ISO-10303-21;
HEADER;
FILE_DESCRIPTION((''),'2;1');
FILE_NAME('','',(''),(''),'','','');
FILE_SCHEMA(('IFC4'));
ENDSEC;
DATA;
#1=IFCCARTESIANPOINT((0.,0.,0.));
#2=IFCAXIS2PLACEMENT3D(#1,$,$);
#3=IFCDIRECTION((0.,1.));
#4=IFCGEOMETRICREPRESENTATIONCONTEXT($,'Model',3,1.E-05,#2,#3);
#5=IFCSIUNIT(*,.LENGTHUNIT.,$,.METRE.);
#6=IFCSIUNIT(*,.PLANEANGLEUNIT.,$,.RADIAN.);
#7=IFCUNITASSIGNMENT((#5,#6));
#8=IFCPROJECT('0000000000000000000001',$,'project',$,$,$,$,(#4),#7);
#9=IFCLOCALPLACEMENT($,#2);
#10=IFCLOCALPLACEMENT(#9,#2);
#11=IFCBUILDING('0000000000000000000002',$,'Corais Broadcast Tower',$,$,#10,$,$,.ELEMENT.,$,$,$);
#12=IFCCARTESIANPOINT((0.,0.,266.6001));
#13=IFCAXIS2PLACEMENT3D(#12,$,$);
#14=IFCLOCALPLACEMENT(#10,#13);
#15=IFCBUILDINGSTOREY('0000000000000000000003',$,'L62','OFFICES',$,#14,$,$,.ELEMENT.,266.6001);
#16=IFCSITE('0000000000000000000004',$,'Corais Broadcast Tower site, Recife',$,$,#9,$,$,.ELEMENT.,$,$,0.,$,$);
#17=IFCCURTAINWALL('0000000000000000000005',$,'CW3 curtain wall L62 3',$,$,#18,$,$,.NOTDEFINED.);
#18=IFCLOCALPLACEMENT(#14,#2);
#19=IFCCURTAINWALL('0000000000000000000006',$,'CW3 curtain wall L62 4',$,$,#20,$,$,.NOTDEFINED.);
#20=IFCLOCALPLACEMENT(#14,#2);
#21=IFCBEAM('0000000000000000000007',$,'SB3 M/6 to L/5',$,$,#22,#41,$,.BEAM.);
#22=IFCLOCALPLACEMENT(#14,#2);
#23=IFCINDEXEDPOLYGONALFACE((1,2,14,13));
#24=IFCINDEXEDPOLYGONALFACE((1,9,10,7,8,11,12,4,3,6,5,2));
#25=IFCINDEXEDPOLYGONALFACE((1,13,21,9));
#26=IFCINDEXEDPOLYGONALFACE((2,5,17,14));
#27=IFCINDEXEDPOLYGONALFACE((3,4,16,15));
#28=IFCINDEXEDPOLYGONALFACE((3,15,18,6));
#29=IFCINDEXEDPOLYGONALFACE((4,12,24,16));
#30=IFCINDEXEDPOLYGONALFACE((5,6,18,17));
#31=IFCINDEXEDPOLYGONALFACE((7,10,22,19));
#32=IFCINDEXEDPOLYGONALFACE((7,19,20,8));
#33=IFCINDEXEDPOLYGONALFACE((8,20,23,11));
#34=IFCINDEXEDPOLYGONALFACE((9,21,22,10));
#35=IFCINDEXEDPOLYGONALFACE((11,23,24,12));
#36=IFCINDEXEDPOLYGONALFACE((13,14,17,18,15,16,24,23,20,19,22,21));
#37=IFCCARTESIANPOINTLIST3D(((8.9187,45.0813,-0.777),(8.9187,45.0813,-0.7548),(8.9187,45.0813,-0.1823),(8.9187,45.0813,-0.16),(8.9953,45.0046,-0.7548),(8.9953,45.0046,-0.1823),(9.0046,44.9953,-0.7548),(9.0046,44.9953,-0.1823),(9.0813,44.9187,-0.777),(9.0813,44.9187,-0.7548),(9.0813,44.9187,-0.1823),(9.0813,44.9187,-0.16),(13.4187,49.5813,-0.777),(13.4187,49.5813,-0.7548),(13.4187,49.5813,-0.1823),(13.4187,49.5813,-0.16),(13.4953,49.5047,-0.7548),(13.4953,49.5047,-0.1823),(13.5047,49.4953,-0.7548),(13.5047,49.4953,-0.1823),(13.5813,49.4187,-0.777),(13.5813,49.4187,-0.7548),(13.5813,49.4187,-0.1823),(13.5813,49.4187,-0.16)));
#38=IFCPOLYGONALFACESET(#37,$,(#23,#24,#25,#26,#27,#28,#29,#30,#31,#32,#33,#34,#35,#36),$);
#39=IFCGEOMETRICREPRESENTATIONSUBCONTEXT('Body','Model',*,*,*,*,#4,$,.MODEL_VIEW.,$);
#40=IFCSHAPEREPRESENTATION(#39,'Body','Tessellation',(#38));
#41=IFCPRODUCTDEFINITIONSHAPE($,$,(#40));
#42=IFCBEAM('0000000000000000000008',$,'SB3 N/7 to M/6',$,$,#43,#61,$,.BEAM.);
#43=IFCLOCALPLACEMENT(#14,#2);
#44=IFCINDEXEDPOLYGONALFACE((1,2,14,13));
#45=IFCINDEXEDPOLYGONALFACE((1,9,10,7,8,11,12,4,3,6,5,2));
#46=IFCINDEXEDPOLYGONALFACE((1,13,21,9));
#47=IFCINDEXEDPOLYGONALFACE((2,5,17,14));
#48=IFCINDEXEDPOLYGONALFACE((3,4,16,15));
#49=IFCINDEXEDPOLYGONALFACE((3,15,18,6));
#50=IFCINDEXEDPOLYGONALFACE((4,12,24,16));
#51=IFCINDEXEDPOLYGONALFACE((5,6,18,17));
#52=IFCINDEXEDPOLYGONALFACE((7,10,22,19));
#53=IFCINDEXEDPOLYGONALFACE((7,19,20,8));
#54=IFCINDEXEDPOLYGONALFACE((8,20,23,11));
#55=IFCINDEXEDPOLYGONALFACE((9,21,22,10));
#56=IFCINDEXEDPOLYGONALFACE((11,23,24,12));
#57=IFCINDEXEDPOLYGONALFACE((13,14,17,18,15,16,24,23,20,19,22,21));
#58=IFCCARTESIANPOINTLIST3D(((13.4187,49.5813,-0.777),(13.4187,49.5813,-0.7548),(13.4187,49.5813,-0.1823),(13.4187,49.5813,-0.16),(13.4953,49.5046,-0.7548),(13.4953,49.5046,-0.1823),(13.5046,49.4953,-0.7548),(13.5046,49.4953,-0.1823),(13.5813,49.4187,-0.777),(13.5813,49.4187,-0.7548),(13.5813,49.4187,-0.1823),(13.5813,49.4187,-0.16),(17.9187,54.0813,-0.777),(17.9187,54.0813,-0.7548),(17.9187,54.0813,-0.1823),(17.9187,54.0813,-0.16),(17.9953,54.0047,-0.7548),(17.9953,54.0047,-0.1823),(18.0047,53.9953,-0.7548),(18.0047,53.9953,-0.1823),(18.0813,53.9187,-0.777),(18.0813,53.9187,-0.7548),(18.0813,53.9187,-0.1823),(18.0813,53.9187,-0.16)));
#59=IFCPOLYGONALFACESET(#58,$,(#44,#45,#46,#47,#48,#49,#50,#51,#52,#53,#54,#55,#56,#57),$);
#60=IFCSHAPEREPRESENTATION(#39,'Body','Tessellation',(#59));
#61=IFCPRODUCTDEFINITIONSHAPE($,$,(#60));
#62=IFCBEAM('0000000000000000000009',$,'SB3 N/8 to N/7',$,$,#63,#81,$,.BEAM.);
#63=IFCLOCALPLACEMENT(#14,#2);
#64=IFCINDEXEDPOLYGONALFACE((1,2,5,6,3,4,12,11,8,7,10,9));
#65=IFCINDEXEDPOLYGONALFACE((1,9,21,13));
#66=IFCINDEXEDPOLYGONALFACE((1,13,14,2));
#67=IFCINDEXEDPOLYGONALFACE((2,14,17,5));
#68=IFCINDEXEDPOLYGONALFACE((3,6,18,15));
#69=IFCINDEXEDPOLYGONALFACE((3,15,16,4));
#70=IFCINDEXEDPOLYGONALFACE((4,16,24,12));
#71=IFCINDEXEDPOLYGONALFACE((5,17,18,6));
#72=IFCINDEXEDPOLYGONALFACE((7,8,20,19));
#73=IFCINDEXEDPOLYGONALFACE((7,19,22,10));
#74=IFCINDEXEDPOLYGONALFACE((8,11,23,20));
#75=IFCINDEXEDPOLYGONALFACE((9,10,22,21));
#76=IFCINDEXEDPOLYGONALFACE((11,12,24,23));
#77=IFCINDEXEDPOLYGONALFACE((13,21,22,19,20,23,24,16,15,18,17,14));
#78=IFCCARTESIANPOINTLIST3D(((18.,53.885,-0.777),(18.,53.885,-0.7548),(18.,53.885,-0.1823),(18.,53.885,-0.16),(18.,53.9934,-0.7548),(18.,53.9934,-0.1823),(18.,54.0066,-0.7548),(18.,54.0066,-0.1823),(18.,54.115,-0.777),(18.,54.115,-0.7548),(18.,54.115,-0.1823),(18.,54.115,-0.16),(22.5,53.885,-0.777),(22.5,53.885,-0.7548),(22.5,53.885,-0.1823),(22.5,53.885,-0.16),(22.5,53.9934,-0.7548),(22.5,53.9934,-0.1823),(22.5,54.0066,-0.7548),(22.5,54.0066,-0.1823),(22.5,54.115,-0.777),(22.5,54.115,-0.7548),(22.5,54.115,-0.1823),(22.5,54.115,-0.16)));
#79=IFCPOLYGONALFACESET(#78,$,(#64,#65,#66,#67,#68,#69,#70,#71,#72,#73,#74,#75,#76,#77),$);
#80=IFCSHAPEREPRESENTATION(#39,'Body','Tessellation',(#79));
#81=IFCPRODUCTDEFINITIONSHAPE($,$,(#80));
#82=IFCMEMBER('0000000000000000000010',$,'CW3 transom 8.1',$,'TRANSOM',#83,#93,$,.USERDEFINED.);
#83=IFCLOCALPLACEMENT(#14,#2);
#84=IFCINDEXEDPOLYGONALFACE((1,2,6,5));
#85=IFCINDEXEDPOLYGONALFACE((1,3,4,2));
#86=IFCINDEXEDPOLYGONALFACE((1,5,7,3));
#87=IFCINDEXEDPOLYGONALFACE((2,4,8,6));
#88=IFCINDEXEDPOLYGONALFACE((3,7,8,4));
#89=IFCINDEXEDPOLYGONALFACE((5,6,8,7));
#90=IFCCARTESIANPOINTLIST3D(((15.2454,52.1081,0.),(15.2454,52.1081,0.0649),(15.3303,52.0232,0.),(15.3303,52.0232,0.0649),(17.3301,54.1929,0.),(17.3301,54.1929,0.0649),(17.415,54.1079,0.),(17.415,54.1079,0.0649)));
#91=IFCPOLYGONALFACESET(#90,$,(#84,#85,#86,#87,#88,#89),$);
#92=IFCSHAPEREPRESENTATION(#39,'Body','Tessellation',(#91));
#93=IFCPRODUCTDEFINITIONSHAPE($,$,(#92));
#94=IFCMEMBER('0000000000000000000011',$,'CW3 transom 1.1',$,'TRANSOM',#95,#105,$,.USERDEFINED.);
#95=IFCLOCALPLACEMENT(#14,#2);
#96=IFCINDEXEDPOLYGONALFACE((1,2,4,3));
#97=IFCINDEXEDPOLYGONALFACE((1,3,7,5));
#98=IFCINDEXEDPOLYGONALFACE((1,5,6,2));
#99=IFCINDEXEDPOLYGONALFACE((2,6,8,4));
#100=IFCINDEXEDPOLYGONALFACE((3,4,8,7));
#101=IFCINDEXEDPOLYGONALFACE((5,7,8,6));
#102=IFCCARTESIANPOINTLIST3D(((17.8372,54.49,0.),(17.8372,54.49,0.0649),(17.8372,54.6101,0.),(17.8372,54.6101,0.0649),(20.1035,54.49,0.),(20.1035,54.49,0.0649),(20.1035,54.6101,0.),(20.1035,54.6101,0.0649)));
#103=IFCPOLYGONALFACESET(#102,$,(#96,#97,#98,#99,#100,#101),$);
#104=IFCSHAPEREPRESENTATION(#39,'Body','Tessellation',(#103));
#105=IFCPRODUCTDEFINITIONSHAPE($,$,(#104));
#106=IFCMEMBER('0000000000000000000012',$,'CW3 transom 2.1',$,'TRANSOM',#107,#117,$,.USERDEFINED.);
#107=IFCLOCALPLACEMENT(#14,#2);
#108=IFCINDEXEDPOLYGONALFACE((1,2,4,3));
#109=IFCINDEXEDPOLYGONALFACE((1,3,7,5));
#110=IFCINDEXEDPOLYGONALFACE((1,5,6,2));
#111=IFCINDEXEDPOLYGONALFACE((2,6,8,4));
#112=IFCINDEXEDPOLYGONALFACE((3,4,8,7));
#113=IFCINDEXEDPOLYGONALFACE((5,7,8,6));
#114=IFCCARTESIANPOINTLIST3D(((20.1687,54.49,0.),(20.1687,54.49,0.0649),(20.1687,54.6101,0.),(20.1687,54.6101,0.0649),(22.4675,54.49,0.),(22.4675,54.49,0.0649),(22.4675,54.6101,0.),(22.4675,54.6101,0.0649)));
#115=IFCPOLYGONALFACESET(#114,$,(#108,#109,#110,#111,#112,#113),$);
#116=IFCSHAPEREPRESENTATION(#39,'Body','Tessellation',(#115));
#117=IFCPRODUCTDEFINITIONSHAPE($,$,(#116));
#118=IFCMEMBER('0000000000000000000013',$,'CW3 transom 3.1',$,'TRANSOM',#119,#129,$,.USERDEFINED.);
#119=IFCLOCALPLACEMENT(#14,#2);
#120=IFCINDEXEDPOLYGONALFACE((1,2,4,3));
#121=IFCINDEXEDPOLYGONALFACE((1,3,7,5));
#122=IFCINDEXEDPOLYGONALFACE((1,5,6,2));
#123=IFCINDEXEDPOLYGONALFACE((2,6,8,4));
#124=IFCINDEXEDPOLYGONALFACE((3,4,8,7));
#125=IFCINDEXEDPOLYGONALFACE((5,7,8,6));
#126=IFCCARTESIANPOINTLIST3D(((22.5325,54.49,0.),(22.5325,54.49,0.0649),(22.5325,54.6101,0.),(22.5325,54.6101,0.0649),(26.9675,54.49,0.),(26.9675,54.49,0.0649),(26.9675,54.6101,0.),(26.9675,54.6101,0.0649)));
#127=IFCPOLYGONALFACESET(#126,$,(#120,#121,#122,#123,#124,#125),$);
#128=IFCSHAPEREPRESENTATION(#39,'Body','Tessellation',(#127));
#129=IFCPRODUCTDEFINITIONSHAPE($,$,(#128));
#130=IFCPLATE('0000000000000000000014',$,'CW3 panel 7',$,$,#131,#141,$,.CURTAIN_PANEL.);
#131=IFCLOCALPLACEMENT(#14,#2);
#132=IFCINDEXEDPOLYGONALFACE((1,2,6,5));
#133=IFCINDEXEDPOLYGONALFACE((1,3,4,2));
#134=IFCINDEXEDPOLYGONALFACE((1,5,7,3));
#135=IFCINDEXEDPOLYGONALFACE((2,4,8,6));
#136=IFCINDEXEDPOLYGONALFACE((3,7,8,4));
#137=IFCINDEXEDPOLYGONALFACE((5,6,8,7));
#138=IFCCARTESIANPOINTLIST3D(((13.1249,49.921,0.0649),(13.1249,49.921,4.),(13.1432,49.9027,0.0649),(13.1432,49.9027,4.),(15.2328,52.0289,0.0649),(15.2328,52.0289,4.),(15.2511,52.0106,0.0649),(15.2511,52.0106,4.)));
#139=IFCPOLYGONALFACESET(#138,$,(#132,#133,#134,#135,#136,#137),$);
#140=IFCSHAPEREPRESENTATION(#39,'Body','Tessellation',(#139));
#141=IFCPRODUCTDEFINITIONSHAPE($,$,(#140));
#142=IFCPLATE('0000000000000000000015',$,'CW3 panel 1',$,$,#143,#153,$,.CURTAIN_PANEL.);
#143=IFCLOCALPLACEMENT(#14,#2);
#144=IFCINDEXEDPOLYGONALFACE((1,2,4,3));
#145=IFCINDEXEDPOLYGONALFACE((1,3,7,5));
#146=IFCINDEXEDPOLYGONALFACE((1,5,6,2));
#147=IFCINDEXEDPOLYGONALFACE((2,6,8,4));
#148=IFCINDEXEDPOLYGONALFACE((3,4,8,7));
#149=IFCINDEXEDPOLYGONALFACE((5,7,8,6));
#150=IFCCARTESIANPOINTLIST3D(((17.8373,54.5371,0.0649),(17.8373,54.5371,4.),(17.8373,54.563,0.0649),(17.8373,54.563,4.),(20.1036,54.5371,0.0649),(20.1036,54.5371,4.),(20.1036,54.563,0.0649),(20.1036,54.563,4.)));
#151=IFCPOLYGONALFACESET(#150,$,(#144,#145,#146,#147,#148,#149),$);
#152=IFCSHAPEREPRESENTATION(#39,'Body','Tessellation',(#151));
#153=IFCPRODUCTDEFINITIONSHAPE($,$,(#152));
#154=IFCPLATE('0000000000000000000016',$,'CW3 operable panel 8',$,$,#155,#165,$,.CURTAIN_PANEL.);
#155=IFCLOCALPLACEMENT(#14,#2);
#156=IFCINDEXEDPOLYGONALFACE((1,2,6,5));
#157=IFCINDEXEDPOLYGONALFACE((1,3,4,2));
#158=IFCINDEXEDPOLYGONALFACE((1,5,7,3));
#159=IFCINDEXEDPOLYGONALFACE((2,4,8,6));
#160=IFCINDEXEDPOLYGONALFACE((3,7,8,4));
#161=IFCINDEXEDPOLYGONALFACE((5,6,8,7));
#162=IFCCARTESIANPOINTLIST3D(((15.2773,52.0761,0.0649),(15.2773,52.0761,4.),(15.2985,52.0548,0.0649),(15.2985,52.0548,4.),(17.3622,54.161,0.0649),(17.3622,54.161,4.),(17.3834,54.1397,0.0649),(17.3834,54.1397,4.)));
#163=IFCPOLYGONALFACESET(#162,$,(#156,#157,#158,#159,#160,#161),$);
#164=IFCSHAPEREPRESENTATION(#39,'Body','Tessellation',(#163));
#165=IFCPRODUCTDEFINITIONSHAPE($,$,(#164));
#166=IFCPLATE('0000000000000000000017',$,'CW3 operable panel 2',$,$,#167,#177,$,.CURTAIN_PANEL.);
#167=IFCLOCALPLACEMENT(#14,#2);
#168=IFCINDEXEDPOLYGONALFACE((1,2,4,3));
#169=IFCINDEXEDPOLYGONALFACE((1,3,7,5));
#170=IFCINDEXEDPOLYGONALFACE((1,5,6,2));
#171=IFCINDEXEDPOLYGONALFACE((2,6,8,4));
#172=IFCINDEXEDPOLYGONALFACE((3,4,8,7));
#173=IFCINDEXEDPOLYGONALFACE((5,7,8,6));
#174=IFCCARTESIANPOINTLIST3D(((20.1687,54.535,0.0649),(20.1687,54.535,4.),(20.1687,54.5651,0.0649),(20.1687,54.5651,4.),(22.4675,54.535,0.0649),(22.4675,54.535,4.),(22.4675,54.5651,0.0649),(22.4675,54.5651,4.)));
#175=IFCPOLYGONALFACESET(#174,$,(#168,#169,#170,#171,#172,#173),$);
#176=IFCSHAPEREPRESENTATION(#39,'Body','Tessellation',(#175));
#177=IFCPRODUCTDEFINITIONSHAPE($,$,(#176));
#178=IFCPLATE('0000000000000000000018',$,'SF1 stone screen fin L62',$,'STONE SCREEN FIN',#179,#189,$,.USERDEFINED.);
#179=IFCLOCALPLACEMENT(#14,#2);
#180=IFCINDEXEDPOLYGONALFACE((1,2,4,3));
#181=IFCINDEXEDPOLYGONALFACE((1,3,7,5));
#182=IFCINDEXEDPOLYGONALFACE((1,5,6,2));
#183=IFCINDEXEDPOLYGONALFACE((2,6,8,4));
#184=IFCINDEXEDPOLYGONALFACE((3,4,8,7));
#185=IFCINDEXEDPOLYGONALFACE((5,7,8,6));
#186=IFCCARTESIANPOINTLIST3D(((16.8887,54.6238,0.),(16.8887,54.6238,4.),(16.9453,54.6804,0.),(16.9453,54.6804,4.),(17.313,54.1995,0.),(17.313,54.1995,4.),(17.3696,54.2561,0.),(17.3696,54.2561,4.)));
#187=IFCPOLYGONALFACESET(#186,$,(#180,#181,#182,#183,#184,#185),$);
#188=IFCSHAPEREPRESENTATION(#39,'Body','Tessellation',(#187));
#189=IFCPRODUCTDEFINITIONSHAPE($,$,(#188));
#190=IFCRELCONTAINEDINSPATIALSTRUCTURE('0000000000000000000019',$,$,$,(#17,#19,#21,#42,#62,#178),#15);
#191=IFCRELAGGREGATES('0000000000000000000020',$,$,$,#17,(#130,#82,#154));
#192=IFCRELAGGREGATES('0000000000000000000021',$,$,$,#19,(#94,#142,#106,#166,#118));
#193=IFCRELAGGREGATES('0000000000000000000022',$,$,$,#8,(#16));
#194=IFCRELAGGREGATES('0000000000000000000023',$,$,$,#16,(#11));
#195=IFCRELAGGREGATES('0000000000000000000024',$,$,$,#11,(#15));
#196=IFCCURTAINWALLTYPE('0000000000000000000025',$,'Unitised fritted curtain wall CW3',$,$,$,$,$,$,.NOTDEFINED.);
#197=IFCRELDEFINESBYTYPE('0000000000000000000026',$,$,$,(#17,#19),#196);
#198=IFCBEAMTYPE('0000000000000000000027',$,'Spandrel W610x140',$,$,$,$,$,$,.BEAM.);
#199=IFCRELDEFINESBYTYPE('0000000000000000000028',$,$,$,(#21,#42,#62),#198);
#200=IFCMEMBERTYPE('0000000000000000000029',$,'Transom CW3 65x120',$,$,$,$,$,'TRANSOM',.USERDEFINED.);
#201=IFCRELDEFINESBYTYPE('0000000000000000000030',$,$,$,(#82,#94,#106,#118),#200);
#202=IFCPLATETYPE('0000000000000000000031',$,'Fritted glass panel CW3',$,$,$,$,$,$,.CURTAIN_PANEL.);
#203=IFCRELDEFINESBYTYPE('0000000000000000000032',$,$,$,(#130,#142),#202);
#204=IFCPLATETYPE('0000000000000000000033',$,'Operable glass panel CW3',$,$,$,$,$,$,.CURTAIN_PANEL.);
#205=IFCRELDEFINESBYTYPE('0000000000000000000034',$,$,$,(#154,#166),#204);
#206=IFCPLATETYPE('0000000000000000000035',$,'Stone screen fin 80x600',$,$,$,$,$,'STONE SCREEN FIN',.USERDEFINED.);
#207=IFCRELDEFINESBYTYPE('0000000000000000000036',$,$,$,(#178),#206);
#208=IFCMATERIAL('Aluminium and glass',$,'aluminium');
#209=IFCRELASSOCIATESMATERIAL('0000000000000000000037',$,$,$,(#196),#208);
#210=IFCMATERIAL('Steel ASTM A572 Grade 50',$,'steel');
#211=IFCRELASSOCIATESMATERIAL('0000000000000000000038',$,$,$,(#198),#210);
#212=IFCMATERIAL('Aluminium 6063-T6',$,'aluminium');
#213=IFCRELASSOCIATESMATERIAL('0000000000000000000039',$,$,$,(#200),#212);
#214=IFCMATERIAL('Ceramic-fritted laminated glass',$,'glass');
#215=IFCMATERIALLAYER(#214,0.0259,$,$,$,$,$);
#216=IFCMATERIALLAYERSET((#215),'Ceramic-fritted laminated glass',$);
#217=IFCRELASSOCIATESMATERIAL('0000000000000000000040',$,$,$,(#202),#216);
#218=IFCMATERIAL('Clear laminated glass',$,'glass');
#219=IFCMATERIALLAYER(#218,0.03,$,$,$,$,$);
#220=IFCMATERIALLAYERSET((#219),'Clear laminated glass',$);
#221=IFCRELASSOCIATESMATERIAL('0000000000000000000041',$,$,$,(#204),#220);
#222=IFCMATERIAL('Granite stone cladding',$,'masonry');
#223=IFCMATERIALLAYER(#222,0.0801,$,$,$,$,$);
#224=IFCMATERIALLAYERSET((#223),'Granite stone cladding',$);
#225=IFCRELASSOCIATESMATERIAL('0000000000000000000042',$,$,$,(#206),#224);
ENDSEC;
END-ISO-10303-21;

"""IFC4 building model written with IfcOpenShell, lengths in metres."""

from ifc_helpers import new_model, si_unit, direction, frame, origin, origin_2d, place, context, subcontext, project, spatial, rectangle, i_section, extrude, material, layer, layer_set, material_profile, profile_set, type_object, element, aggregate, save


model = new_model("IFC4")

# Units and contexts
model_context = context("Model", 3, precision=1e-05, world=origin(), true_north=direction((0.0, 1.0)))
body_context = subcontext(model_context, "Body", "Model", "MODEL_VIEW")
ifc_project = project(units=[si_unit("LENGTHUNIT", "METRE"), si_unit("PLANEANGLEUNIT", "RADIAN")], contexts=[model_context])

# Site, building, storey
site_placement = place(None, origin())
site = spatial("IfcSite", under=ifc_project, at=site_placement, Name="Corais Broadcast Tower site, Recife", CompositionType="ELEMENT", RefElevation=0.0)
building_placement = place(site_placement, origin())
building = spatial("IfcBuilding", under=site, at=building_placement, Name="Corais Broadcast Tower", CompositionType="ELEMENT")
storey_placement = place(building_placement, frame((0.0, 0.0, 266.6001)))
storey = spatial("IfcBuildingStorey", under=building, at=storey_placement, Name="L62", Description="OFFICES", CompositionType="ELEMENT", Elevation=266.6001)

# Curtain walls
ifc_material_1 = material(Name="Aluminium and glass", Category="aluminium")
curtain_wall_type = type_object("IfcCurtainWallType", Name="Unitised fritted curtain wall CW3", PredefinedType="NOTDEFINED", material=ifc_material_1)
curtain_wall_1_placement = place(storey_placement, origin())
curtain_wall_1 = element("IfcCurtainWall", 1, at=curtain_wall_1_placement, inside=storey, type_object=curtain_wall_type, Name="CW3 curtain wall L62 3", PredefinedType="NOTDEFINED")
curtain_wall_2_placement = place(storey_placement, origin())
curtain_wall_2 = element("IfcCurtainWall", 2, at=curtain_wall_2_placement, inside=storey, type_object=curtain_wall_type, Name="CW3 curtain wall L62 4", PredefinedType="NOTDEFINED")

# Beams
ifc_material_2 = material(Name="Steel ASTM A572 Grade 50", Category="steel")
ifc_material_profile_1 = material_profile(ifc_material_2, i_section(OverallWidth=0.23, OverallDepth=0.6169, WebThickness=0.0132, FlangeThickness=0.0222, at=origin_2d()), Name="W610x140")
ifc_profile_set_1 = profile_set([ifc_material_profile_1], Name="Steel ASTM A572 Grade 50")
beam_type_1 = type_object("IfcBeamType", Name="Spandrel W610x140", PredefinedType="BEAM", material=ifc_profile_set_1)
for number, where, z_axis, x_axis, name in (
    (3, (13.5, 49.5, -0.4685), (-0.707107, -0.707107, 0.0), (0.707107, -0.707107, 0.0), "SB3 M/6 to L/5"),
    (4, (18.0, 54.0, -0.4685), (-0.707107, -0.707107, 0.0), (0.707107, -0.707107, 0.0), "SB3 N/7 to M/6"),
):
    element("IfcBeam", number, at=place(storey_placement, frame(where, z_axis=z_axis, x_axis=x_axis)), inside=storey, type_object=beam_type_1, Name=name, PredefinedType="BEAM", context=body_context, shape_type="SweptSolid", body=[
        extrude(i_section(OverallWidth=0.23, OverallDepth=0.6169, WebThickness=0.0132, FlangeThickness=0.0222, at=origin_2d()), origin(), (0.0, 0.0, 1.0), 6.364),
    ])
beam_1_placement = place(storey_placement, frame((22.5, 54.0, -0.4685), z_axis=(-1.0, 0.0, 0.0), x_axis=(0.0, -1.0, 0.0)))
element("IfcBeam", 5, at=beam_1_placement, inside=storey, type_object=beam_type_1, Name="SB3 N/8 to N/7", PredefinedType="BEAM", context=body_context, shape_type="SweptSolid", body=[
    extrude(i_section(OverallWidth=0.23, OverallDepth=0.6169, WebThickness=0.0132, FlangeThickness=0.0222, at=origin_2d()), origin(), (0.0, 0.0, 1.0), 4.5),
])

# Members
ifc_material_3 = material(Name="Aluminium 6063-T6", Category="aluminium")
ifc_material_profile_2 = material_profile(ifc_material_3, rectangle(XDim=0.1201, YDim=0.0649, at=origin_2d()), Name="Transom CW3 65x120")
ifc_profile_set_2 = profile_set([ifc_material_profile_2], Name="Aluminium 6063-T6")
member_type_1 = type_object("IfcMemberType", Name="Transom CW3 65x120", ElementType="TRANSOM", PredefinedType="USERDEFINED", material=ifc_profile_set_2)
member_1_placement = place(storey_placement, frame((15.2878, 52.0657, 0.0325), z_axis=(0.707107, 0.707107, 0.0), x_axis=(-0.707107, 0.707107, 0.0)))
member_1 = element("IfcMember", 6, at=member_1_placement, type_object=member_type_1, Name="CW3 transom 8.1", ObjectType="TRANSOM", PredefinedType="USERDEFINED", context=body_context, shape_type="SweptSolid", body=[
    extrude(rectangle(XDim=0.1201, YDim=0.0649, at=origin_2d()), origin(), (0.0, 0.0, 1.0), 2.9482),
])
member_2_placement = place(storey_placement, frame((17.8372, 54.55, 0.0325), z_axis=(1.0, 0.0, 0.0), x_axis=(0.0, 1.0, 0.0)))
member_2 = element("IfcMember", 7, at=member_2_placement, type_object=member_type_1, Name="CW3 transom 1.1", ObjectType="TRANSOM", PredefinedType="USERDEFINED", context=body_context, shape_type="SweptSolid", body=[
    extrude(rectangle(XDim=0.1201, YDim=0.0649, at=origin_2d()), origin(), (0.0, 0.0, 1.0), 2.2664),
])
member_3_placement = place(storey_placement, frame((20.1687, 54.55, 0.0325), z_axis=(1.0, 0.0, 0.0), x_axis=(0.0, 1.0, 0.0)))
member_3 = element("IfcMember", 8, at=member_3_placement, type_object=member_type_1, Name="CW3 transom 2.1", ObjectType="TRANSOM", PredefinedType="USERDEFINED", context=body_context, shape_type="SweptSolid", body=[
    extrude(rectangle(XDim=0.1201, YDim=0.0649, at=origin_2d()), origin(), (0.0, 0.0, 1.0), 2.2988),
])
member_4_placement = place(storey_placement, frame((22.5325, 54.55, 0.0325), z_axis=(1.0, 0.0, 0.0), x_axis=(0.0, 1.0, 0.0)))
member_4 = element("IfcMember", 9, at=member_4_placement, type_object=member_type_1, Name="CW3 transom 3.1", ObjectType="TRANSOM", PredefinedType="USERDEFINED", context=body_context, shape_type="SweptSolid", body=[
    extrude(rectangle(XDim=0.1201, YDim=0.0649, at=origin_2d()), origin(), (0.0, 0.0, 1.0), 4.4351),
])

# Plates
ifc_material_4 = material(Name="Ceramic-fritted laminated glass", Category="glass")
ifc_layer_1 = layer(ifc_material_4, 0.0259)
ifc_layer_set_1 = layer_set([ifc_layer_1], Name="Ceramic-fritted laminated glass")
plate_type_1 = type_object("IfcPlateType", Name="Fritted glass panel CW3", PredefinedType="CURTAIN_PANEL", material=ifc_layer_set_1)
plate_1_placement = place(storey_placement, frame((14.188, 50.9658, 0.0649), z_axis=(0.0, 0.0, 1.0), x_axis=(0.707107, 0.707107, 0.0)))
plate_1 = element("IfcPlate", 10, at=plate_1_placement, type_object=plate_type_1, Name="CW3 panel 7", PredefinedType="CURTAIN_PANEL", context=body_context, shape_type="SweptSolid", body=[
    extrude(rectangle(XDim=2.981, YDim=0.0259, at=origin_2d()), origin(), (0.0, 0.0, 1.0), 3.9351),
])
plate_2_placement = place(storey_placement, frame((18.9705, 54.55, 0.0649), z_axis=(0.0, 0.0, 1.0), x_axis=(1.0, 0.0, 0.0)))
plate_2 = element("IfcPlate", 11, at=plate_2_placement, type_object=plate_type_1, Name="CW3 panel 1", PredefinedType="CURTAIN_PANEL", context=body_context, shape_type="SweptSolid", body=[
    extrude(rectangle(XDim=2.2664, YDim=0.0259, at=origin_2d()), origin(), (0.0, 0.0, 1.0), 3.9351),
])
ifc_material_5 = material(Name="Clear laminated glass", Category="glass")
ifc_layer_2 = layer(ifc_material_5, 0.03)
ifc_layer_set_2 = layer_set([ifc_layer_2], Name="Clear laminated glass")
plate_type_2 = type_object("IfcPlateType", Name="Operable glass panel CW3", PredefinedType="CURTAIN_PANEL", material=ifc_layer_set_2)
plate_3_placement = place(storey_placement, frame((16.3303, 53.1079, 0.0649), z_axis=(0.0, 0.0, 1.0), x_axis=(0.707107, 0.707107, 0.0)))
plate_3 = element("IfcPlate", 12, at=plate_3_placement, type_object=plate_type_2, Name="CW3 operable panel 8", PredefinedType="CURTAIN_PANEL", context=body_context, shape_type="SweptSolid", body=[
    extrude(rectangle(XDim=2.9485, YDim=0.03, at=origin_2d()), origin(), (0.0, 0.0, 1.0), 3.9351),
])
aggregate(curtain_wall_1, [plate_1, member_1, plate_3])
plate_4_placement = place(storey_placement, frame((21.3181, 54.55, 0.0649), z_axis=(0.0, 0.0, 1.0), x_axis=(1.0, 0.0, 0.0)))
plate_4 = element("IfcPlate", 13, at=plate_4_placement, type_object=plate_type_2, Name="CW3 operable panel 2", PredefinedType="CURTAIN_PANEL", context=body_context, shape_type="SweptSolid", body=[
    extrude(rectangle(XDim=2.2988, YDim=0.03, at=origin_2d()), origin(), (0.0, 0.0, 1.0), 3.9351),
])
aggregate(curtain_wall_2, [member_2, plate_2, member_3, plate_4, member_4])
ifc_material_6 = material(Name="Granite stone cladding", Category="masonry")
ifc_layer_3 = layer(ifc_material_6, 0.0801)
ifc_layer_set_3 = layer_set([ifc_layer_3], Name="Granite stone cladding")
plate_type_3 = type_object("IfcPlateType", Name="Stone screen fin 80x600", ElementType="STONE SCREEN FIN", PredefinedType="USERDEFINED", material=ifc_layer_set_3)
plate_5_placement = place(storey_placement, frame((17.1292, 54.4399, 0.0), z_axis=(0.0, 0.0, 1.0), x_axis=(0.707107, 0.707107, 0.0)))
element("IfcPlate", 14, at=plate_5_placement, inside=storey, type_object=plate_type_3, Name="SF1 stone screen fin L62", ObjectType="STONE SCREEN FIN", PredefinedType="USERDEFINED", context=body_context, shape_type="SweptSolid", body=[
    extrude(rectangle(XDim=0.0801, YDim=0.6001, at=origin_2d()), origin(), (0.0, 0.0, 1.0), 4.0),
])

save(model, "model.ifc")
